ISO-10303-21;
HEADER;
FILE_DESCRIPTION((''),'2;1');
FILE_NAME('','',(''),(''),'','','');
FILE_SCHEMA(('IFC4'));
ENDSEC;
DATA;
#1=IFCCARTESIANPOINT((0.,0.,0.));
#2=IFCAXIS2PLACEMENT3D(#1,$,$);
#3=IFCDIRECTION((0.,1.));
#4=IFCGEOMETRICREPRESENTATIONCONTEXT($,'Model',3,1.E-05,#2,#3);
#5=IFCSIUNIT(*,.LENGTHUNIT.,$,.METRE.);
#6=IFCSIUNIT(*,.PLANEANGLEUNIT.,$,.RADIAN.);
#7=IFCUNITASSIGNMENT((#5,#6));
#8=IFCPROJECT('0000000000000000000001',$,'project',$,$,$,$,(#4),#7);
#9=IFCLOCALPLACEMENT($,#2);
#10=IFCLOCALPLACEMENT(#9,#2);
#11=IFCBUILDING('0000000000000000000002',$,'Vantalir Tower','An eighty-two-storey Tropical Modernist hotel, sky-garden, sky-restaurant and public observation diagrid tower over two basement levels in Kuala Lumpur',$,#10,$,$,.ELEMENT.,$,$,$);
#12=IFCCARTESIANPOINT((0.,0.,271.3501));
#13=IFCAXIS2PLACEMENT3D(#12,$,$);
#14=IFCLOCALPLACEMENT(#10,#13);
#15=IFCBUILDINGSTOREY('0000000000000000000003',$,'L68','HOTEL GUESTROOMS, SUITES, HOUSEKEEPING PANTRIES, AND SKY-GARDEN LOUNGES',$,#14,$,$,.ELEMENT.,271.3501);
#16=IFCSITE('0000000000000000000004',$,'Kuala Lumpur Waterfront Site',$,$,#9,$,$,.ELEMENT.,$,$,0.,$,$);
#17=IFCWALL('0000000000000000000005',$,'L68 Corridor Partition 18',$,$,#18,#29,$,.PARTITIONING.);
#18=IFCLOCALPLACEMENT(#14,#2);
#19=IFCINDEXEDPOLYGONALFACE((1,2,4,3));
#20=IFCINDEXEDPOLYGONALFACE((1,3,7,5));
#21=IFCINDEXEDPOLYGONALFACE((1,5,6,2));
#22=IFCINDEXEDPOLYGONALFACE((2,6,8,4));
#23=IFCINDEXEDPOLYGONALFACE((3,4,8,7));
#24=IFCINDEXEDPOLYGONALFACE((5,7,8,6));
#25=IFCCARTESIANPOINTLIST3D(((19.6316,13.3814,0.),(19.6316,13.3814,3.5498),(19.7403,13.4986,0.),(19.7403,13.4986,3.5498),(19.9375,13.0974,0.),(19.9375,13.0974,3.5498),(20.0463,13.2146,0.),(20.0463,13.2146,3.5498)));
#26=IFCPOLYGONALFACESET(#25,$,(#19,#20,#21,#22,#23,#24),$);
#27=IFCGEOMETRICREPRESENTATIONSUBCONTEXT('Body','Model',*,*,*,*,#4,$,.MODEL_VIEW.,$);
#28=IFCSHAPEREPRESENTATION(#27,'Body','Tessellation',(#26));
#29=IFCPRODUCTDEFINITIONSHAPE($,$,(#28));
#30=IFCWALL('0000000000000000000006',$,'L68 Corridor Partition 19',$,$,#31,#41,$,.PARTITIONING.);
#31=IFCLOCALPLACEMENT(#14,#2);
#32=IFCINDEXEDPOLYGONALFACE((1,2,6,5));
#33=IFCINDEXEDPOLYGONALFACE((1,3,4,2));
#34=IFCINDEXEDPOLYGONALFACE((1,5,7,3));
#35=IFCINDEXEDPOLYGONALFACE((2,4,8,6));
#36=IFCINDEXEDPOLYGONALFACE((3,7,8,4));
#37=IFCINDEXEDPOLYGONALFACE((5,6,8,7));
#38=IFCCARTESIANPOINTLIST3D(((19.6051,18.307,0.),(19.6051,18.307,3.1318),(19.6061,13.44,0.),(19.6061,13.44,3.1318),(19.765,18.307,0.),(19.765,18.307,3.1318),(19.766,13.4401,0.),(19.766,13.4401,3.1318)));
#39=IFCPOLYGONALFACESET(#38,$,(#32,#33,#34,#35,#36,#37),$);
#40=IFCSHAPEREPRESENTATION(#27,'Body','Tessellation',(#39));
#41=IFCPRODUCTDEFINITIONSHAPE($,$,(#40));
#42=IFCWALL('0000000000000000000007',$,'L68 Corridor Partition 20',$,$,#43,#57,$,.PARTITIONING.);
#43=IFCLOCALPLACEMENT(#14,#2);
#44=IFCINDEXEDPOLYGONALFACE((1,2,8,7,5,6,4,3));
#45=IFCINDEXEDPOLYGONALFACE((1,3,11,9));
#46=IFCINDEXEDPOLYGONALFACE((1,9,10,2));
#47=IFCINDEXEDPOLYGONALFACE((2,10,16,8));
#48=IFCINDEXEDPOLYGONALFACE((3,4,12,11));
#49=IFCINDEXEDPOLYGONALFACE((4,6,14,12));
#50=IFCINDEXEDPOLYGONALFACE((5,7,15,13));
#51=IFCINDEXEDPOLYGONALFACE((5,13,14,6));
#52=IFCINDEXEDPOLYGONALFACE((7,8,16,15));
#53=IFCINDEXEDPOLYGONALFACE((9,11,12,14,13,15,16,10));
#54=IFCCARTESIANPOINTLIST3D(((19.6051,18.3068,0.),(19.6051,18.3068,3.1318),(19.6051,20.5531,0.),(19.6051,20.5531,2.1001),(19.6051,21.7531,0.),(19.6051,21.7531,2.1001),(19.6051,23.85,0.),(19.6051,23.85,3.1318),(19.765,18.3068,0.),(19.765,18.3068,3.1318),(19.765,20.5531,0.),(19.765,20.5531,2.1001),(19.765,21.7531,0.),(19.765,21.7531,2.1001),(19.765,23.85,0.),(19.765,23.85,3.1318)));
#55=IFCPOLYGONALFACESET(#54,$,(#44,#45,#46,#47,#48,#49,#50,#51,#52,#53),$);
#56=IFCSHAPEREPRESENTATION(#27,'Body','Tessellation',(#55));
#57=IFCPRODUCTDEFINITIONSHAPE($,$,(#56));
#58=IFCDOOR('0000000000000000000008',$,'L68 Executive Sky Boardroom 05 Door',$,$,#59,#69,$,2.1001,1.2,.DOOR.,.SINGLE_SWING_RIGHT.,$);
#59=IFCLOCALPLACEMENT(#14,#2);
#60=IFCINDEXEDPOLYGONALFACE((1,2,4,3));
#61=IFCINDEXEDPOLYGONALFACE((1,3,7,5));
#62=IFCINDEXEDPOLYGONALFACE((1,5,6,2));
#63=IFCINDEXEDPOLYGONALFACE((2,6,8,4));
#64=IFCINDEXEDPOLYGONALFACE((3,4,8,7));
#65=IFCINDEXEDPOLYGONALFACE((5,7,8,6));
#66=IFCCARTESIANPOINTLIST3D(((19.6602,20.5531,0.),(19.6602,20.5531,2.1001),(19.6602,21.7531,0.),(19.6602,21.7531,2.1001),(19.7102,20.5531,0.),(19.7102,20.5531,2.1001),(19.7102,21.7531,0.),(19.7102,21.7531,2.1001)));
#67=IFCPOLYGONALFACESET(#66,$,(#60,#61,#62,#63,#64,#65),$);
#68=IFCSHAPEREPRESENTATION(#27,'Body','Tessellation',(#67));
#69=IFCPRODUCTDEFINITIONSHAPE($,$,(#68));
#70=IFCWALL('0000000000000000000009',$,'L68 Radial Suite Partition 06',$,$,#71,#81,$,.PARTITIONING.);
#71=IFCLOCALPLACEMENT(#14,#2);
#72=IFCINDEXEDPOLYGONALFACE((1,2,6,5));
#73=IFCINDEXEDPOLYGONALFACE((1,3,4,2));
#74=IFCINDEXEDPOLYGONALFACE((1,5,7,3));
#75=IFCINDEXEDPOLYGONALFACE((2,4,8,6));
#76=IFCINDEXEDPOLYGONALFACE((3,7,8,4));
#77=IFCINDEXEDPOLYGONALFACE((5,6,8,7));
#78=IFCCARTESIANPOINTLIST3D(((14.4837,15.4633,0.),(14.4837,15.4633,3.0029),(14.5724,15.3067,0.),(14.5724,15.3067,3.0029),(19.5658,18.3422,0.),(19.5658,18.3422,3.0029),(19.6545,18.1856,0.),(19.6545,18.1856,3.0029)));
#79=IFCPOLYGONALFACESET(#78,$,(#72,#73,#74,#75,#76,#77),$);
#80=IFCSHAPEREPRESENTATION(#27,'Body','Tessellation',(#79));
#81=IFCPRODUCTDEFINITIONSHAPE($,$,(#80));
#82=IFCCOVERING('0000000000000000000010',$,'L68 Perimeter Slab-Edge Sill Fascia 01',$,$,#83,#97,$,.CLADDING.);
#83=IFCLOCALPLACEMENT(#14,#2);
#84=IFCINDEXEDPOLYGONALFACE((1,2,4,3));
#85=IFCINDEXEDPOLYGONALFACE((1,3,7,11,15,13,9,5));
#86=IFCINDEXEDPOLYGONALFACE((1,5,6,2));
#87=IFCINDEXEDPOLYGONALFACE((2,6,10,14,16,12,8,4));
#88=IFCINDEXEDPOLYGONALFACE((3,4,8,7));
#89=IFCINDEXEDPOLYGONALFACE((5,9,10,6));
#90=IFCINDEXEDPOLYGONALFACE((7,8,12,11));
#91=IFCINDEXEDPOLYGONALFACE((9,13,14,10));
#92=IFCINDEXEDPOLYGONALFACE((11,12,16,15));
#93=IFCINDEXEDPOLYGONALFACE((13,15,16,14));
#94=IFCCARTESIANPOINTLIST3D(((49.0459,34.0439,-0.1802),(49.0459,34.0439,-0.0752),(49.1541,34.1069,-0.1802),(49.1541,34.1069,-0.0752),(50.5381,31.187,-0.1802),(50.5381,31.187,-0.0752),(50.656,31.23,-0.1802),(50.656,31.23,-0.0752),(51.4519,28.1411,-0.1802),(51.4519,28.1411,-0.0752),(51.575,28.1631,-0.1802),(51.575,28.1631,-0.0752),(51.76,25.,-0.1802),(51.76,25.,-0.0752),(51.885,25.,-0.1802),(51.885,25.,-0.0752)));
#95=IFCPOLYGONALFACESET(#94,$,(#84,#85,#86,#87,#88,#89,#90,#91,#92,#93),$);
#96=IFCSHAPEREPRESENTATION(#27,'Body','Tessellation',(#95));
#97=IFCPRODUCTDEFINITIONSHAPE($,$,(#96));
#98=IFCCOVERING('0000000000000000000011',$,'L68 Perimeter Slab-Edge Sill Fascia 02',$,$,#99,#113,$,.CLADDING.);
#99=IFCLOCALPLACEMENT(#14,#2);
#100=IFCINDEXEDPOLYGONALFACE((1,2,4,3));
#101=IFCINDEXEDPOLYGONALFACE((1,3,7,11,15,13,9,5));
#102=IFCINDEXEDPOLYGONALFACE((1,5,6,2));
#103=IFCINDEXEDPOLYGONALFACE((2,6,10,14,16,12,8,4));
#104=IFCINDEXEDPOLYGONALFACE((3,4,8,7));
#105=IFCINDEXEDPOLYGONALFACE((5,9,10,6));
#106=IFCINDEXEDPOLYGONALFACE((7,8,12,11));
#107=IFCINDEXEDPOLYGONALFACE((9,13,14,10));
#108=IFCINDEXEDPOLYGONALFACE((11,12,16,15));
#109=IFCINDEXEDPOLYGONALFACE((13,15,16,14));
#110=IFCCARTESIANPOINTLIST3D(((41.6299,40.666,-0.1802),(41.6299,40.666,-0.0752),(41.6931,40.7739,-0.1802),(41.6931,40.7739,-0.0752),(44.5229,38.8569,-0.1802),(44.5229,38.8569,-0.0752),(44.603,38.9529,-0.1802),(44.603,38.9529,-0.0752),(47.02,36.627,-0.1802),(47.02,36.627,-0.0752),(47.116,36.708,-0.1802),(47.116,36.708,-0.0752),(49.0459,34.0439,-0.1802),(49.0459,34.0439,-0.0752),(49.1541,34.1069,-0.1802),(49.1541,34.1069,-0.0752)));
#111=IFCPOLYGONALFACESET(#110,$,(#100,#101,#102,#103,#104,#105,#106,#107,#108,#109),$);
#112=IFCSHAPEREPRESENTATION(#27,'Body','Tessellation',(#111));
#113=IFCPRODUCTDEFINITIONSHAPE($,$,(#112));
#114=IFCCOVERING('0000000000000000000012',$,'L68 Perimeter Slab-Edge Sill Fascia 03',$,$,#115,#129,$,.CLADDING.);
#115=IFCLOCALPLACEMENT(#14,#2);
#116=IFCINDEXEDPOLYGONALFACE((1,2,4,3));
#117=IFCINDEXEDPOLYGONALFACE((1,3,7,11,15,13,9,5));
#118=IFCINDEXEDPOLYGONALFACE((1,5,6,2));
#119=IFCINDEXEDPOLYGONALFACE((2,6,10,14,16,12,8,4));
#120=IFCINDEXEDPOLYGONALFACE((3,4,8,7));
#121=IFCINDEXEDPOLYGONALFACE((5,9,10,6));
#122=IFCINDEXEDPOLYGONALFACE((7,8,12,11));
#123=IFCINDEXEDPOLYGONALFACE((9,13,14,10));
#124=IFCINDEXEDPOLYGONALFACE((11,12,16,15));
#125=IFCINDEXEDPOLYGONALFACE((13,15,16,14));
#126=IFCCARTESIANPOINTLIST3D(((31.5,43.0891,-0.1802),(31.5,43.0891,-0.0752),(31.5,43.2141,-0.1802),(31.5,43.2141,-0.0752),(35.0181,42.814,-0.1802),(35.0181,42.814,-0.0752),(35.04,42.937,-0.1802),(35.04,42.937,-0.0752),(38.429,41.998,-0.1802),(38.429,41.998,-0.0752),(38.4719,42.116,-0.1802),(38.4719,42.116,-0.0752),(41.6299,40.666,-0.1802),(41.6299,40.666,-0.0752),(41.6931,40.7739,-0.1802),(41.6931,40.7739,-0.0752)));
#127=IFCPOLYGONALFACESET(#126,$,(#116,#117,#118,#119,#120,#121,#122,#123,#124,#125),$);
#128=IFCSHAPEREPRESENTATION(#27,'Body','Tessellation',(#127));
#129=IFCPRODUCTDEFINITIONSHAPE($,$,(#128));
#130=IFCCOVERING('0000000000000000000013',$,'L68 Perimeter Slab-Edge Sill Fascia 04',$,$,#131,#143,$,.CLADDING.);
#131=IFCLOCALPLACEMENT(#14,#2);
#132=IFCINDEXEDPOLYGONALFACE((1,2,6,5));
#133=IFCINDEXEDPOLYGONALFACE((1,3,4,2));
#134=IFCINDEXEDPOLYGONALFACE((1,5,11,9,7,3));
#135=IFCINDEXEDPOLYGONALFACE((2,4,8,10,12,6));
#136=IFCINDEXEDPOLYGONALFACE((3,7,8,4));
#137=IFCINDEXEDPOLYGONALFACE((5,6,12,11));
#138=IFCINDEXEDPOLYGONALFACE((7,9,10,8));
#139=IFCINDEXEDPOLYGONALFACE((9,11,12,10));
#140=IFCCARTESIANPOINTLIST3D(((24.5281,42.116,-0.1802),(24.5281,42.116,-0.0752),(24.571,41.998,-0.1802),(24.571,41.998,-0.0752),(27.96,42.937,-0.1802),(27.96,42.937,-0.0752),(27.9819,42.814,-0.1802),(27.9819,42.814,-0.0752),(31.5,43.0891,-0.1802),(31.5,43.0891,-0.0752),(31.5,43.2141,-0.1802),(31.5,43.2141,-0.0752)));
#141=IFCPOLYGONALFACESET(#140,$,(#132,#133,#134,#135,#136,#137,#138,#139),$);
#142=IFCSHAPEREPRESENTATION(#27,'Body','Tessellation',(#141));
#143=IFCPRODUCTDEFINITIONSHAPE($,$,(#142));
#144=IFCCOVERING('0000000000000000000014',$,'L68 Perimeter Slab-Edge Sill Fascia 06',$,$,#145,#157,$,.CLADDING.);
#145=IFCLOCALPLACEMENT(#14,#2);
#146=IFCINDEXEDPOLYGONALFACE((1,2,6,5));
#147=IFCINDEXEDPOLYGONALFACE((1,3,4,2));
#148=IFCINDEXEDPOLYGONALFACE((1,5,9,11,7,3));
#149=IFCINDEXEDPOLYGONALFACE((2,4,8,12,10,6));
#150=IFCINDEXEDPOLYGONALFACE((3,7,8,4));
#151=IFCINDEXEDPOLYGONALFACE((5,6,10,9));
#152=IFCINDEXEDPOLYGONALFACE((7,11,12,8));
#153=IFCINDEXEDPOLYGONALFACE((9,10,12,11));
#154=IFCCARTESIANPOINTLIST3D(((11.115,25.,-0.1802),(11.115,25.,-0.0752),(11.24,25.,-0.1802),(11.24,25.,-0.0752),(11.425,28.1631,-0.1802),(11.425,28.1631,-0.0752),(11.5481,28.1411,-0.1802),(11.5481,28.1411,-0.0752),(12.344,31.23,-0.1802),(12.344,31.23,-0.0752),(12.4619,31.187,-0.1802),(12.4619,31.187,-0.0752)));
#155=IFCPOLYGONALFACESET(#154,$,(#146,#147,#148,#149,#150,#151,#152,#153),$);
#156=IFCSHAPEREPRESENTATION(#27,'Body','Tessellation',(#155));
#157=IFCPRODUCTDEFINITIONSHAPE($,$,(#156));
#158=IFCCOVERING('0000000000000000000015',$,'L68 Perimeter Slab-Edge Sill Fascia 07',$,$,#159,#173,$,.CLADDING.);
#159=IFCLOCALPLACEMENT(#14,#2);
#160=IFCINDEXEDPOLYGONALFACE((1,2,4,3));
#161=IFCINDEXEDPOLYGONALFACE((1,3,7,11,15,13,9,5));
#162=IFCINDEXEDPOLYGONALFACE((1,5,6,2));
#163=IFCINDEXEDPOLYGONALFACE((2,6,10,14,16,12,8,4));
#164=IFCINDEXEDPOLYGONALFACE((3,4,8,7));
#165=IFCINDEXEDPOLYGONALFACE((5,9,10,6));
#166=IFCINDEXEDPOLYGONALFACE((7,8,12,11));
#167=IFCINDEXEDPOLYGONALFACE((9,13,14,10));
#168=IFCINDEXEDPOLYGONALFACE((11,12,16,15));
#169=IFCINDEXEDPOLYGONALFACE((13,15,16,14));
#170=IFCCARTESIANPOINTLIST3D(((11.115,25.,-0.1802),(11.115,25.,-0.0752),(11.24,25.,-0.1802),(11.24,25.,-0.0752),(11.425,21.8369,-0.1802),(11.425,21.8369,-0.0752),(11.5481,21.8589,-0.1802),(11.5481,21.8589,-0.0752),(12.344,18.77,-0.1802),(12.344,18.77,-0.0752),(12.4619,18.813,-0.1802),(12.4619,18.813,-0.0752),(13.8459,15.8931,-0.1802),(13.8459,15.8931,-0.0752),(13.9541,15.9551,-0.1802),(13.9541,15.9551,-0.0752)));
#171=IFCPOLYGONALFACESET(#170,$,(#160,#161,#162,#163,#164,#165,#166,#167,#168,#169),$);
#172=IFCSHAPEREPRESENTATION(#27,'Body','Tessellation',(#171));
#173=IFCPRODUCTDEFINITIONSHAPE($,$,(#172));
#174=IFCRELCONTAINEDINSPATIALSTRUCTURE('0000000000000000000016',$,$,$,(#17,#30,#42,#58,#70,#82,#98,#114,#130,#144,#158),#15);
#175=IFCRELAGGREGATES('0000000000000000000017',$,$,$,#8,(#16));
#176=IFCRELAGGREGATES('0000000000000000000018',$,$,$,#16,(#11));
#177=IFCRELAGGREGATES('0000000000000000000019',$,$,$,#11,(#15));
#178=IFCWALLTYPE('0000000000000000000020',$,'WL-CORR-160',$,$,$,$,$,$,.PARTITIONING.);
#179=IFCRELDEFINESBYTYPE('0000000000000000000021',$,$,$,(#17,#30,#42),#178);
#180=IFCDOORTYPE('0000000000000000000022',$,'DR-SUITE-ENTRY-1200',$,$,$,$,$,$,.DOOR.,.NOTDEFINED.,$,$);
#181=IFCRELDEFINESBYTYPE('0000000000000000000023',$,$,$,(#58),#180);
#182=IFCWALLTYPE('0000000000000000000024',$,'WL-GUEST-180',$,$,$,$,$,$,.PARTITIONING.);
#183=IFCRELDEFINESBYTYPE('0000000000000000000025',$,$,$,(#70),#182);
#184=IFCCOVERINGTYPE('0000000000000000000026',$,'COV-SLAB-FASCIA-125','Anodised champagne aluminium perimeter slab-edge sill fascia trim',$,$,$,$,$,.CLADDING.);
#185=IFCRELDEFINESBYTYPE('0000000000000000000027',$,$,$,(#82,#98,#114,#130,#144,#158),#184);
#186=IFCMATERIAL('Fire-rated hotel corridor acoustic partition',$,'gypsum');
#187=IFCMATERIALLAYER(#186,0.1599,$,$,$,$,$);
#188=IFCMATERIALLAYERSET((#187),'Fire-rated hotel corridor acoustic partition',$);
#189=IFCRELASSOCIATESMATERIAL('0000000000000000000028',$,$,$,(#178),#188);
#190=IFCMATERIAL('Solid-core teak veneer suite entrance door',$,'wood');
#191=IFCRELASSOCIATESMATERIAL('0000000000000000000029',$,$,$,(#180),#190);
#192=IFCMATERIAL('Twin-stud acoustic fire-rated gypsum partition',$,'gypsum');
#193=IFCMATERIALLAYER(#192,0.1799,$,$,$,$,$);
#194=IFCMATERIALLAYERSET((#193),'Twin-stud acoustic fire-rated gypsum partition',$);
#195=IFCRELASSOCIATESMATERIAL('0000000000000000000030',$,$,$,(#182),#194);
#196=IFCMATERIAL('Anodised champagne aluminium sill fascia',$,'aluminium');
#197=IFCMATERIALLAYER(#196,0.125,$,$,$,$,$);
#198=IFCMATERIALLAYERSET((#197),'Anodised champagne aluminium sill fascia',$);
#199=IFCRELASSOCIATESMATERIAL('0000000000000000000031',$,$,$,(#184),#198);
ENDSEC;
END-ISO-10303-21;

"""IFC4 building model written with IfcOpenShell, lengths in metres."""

from ifc_helpers import new_model, si_unit, direction, frame, frame_2d, origin, place, context, subcontext, project, spatial, polyline, rectangle, outline, extrude, material, layer, layer_set, type_object, element, fill, save


model = new_model("IFC4")

# Units and contexts
model_context = context("Model", 3, precision=1e-05, world=origin(), true_north=direction((0.0, 1.0)))
body_context = subcontext(model_context, "Body", "Model", "MODEL_VIEW")
ifc_project = project(units=[si_unit("LENGTHUNIT", "METRE"), si_unit("PLANEANGLEUNIT", "RADIAN")], contexts=[model_context])

# Site, building, storey
site_placement = place(None, origin())
site = spatial("IfcSite", under=ifc_project, at=site_placement, Name="Kuala Lumpur Waterfront Site", CompositionType="ELEMENT", RefElevation=0.0)
building_placement = place(site_placement, origin())
building = spatial("IfcBuilding", under=site, at=building_placement, Name="Vantalir Tower", Description="An eighty-two-storey Tropical Modernist hotel, sky-garden, sky-restaurant and public observation diagrid tower over two basement levels in Kuala Lumpur", CompositionType="ELEMENT")
storey_placement = place(building_placement, frame((0.0, 0.0, 271.3501)))
storey = spatial("IfcBuildingStorey", under=building, at=storey_placement, Name="L68", Description="HOTEL GUESTROOMS, SUITES, HOUSEKEEPING PANTRIES, AND SKY-GARDEN LOUNGES", CompositionType="ELEMENT", Elevation=271.3501)

# Walls
ifc_material_1 = material(Name="Fire-rated hotel corridor acoustic partition", Category="gypsum")
ifc_layer_1 = layer(ifc_material_1, 0.1599)
ifc_layer_set_1 = layer_set([ifc_layer_1], Name="Fire-rated hotel corridor acoustic partition")
wall_type_1 = type_object("IfcWallType", Name="WL-CORR-160", PredefinedType="PARTITIONING", material=ifc_layer_set_1)
wall_1_placement = place(storey_placement, frame((19.9919, 13.156, 0.0), z_axis=(0.0, 0.0, 1.0), x_axis=(-0.732939, 0.680294, 0.0)))
element("IfcWall", 1, at=wall_1_placement, inside=storey, type_object=wall_type_1, Name="L68 Corridor Partition 18", PredefinedType="PARTITIONING", context=body_context, shape_type="SweptSolid", body=[
    extrude(rectangle(XDim=0.4175, YDim=0.1599, at=frame_2d((0.2087, 0.0))), origin(), (0.0, 0.0, 1.0), 3.5498),
])
wall_2_placement = place(storey_placement, frame((19.686, 13.4399, 0.0), z_axis=(0.0, 0.0, 1.0), x_axis=(-0.000201, 1.0, 0.0)))
element("IfcWall", 2, at=wall_2_placement, inside=storey, type_object=wall_type_1, Name="L68 Corridor Partition 19", PredefinedType="PARTITIONING", context=body_context, shape_type="SweptSolid", body=[
    extrude(rectangle(XDim=4.8669, YDim=0.1599, at=frame_2d((2.4336, 0.0))), origin(), (0.0, 0.0, 1.0), 3.1318),
])

# Wall, opening, door
wall_3_placement = place(storey_placement, frame((19.6851, 18.3069, 0.0), z_axis=(0.0, 0.0, 1.0), x_axis=(0.0, 1.0, 0.0)))
wall_3 = element("IfcWall", 3, at=wall_3_placement, inside=storey, type_object=wall_type_1, Name="L68 Corridor Partition 20", PredefinedType="PARTITIONING", context=body_context, shape_type="SweptSolid", body=[
    extrude(rectangle(XDim=5.5432, YDim=0.1599, at=frame_2d((2.7715, 0.0))), origin(), (0.0, 0.0, 1.0), 3.1318),
])
opening_placement = place(wall_3_placement, frame((2.2461, 0.0, 0.0)))
opening = element("IfcOpeningElement", 4, at=opening_placement, cuts=wall_3, PredefinedType="OPENING", context=body_context, shape_type="SweptSolid", body=[
    extrude(rectangle(XDim=1.2, YDim=2.1001, at=frame_2d((0.6001, 1.05))), frame((0.0, 0.0898, 0.0), z_axis=(0.0, -1.0, 0.0), x_axis=(1.0, 0.0, 0.0)), (0.0, 0.0, 1.0), 0.1799),
])
ifc_material_2 = material(Name="Solid-core teak veneer suite entrance door", Category="wood")
door_type = type_object("IfcDoorType", Name="DR-SUITE-ENTRY-1200", OperationType="NOTDEFINED", PredefinedType="DOOR", material=ifc_material_2)
door_placement = place(opening_placement, origin())
door = element("IfcDoor", 5, at=door_placement, inside=storey, type_object=door_type, Name="L68 Executive Sky Boardroom 05 Door", OperationType="SINGLE_SWING_RIGHT", OverallHeight=2.1001, OverallWidth=1.2, PredefinedType="DOOR", context=body_context, shape_type="SweptSolid", body=[
    extrude(rectangle(XDim=1.2, YDim=2.1001, at=frame_2d((0.6001, 1.05))), frame((0.0, 0.0249, 0.0), z_axis=(0.0, -1.0, 0.0), x_axis=(1.0, 0.0, 0.0)), (0.0, 0.0, 1.0), 0.05),
])
fill(opening, door)

# Wall
ifc_material_3 = material(Name="Twin-stud acoustic fire-rated gypsum partition", Category="gypsum")
ifc_layer_2 = layer(ifc_material_3, 0.1799)
ifc_layer_set_2 = layer_set([ifc_layer_2], Name="Twin-stud acoustic fire-rated gypsum partition")
wall_type_2 = type_object("IfcWallType", Name="WL-GUEST-180", PredefinedType="PARTITIONING", material=ifc_layer_set_2)
wall_4_placement = place(storey_placement, frame((19.6101, 18.2639, 0.0), z_axis=(0.0, 0.0, 1.0), x_axis=(-0.870089, -0.492894, 0.0)))
element("IfcWall", 6, at=wall_4_placement, inside=storey, type_object=wall_type_2, Name="L68 Radial Suite Partition 06", PredefinedType="PARTITIONING", context=body_context, shape_type="SweptSolid", body=[
    extrude(rectangle(XDim=5.8408, YDim=0.1799, at=frame_2d((2.9204, 0.0))), origin(), (0.0, 0.0, 1.0), 3.0029),
])

# Coverings
ifc_material_4 = material(Name="Anodised champagne aluminium sill fascia", Category="aluminium")
ifc_layer_3 = layer(ifc_material_4, 0.125)
ifc_layer_set_3 = layer_set([ifc_layer_3], Name="Anodised champagne aluminium sill fascia")
covering_type = type_object("IfcCoveringType", Name="COV-SLAB-FASCIA-125", Description="Anodised champagne aluminium perimeter slab-edge sill fascia trim", PredefinedType="CLADDING", material=ifc_layer_set_3)
covering_1_placement = place(storey_placement, frame((0.0, 0.0, -0.1802)))
element("IfcCovering", 7, at=covering_1_placement, inside=storey, type_object=covering_type, Name="L68 Perimeter Slab-Edge Sill Fascia 01", PredefinedType="CLADDING", context=body_context, shape_type="SweptSolid", body=[
    extrude(outline(polyline([(51.885, 25.0), (51.575, 28.1631), (50.656, 31.23), (49.1541, 34.1069), (49.0459, 34.0439), (50.5381, 31.187), (51.4519, 28.1411), (51.76, 25.0), (51.885, 25.0)])), origin(), (0.0, 0.0, 1.0), 0.105),
])
covering_2_placement = place(storey_placement, frame((0.0, 0.0, -0.1802)))
element("IfcCovering", 8, at=covering_2_placement, inside=storey, type_object=covering_type, Name="L68 Perimeter Slab-Edge Sill Fascia 02", PredefinedType="CLADDING", context=body_context, shape_type="SweptSolid", body=[
    extrude(outline(polyline([(49.1541, 34.1069), (47.116, 36.708), (44.603, 38.9529), (41.6931, 40.7739), (41.6299, 40.666), (44.5229, 38.8569), (47.02, 36.627), (49.0459, 34.0439), (49.1541, 34.1069)])), origin(), (0.0, 0.0, 1.0), 0.105),
])
covering_3_placement = place(storey_placement, frame((0.0, 0.0, -0.1802)))
element("IfcCovering", 9, at=covering_3_placement, inside=storey, type_object=covering_type, Name="L68 Perimeter Slab-Edge Sill Fascia 03", PredefinedType="CLADDING", context=body_context, shape_type="SweptSolid", body=[
    extrude(outline(polyline([(41.6931, 40.7739), (38.4719, 42.116), (35.04, 42.937), (31.5, 43.2141), (31.5, 43.0891), (35.0181, 42.814), (38.429, 41.998), (41.6299, 40.666), (41.6931, 40.7739)])), origin(), (0.0, 0.0, 1.0), 0.105),
])
covering_4_placement = place(storey_placement, frame((0.0, 0.0, -0.1802)))
element("IfcCovering", 10, at=covering_4_placement, inside=storey, type_object=covering_type, Name="L68 Perimeter Slab-Edge Sill Fascia 04", PredefinedType="CLADDING", context=body_context, shape_type="SweptSolid", body=[
    extrude(outline(polyline([(31.5, 43.2141), (27.96, 42.937), (24.5281, 42.116), (24.571, 41.998), (27.9819, 42.814), (31.5, 43.0891), (31.5, 43.2141)])), origin(), (0.0, 0.0, 1.0), 0.105),
])
covering_5_placement = place(storey_placement, frame((0.0, 0.0, -0.1802)))
element("IfcCovering", 11, at=covering_5_placement, inside=storey, type_object=covering_type, Name="L68 Perimeter Slab-Edge Sill Fascia 06", PredefinedType="CLADDING", context=body_context, shape_type="SweptSolid", body=[
    extrude(outline(polyline([(12.344, 31.23), (11.425, 28.1631), (11.115, 25.0), (11.24, 25.0), (11.5481, 28.1411), (12.4619, 31.187), (12.344, 31.23)])), origin(), (0.0, 0.0, 1.0), 0.105),
])
covering_6_placement = place(storey_placement, frame((0.0, 0.0, -0.1802)))
element("IfcCovering", 12, at=covering_6_placement, inside=storey, type_object=covering_type, Name="L68 Perimeter Slab-Edge Sill Fascia 07", PredefinedType="CLADDING", context=body_context, shape_type="SweptSolid", body=[
    extrude(outline(polyline([(11.115, 25.0), (11.425, 21.8369), (12.344, 18.77), (13.8459, 15.8931), (13.9541, 15.9551), (12.4619, 18.813), (11.5481, 21.8589), (11.24, 25.0), (11.115, 25.0)])), origin(), (0.0, 0.0, 1.0), 0.105),
])

save(model, "model.ifc")
